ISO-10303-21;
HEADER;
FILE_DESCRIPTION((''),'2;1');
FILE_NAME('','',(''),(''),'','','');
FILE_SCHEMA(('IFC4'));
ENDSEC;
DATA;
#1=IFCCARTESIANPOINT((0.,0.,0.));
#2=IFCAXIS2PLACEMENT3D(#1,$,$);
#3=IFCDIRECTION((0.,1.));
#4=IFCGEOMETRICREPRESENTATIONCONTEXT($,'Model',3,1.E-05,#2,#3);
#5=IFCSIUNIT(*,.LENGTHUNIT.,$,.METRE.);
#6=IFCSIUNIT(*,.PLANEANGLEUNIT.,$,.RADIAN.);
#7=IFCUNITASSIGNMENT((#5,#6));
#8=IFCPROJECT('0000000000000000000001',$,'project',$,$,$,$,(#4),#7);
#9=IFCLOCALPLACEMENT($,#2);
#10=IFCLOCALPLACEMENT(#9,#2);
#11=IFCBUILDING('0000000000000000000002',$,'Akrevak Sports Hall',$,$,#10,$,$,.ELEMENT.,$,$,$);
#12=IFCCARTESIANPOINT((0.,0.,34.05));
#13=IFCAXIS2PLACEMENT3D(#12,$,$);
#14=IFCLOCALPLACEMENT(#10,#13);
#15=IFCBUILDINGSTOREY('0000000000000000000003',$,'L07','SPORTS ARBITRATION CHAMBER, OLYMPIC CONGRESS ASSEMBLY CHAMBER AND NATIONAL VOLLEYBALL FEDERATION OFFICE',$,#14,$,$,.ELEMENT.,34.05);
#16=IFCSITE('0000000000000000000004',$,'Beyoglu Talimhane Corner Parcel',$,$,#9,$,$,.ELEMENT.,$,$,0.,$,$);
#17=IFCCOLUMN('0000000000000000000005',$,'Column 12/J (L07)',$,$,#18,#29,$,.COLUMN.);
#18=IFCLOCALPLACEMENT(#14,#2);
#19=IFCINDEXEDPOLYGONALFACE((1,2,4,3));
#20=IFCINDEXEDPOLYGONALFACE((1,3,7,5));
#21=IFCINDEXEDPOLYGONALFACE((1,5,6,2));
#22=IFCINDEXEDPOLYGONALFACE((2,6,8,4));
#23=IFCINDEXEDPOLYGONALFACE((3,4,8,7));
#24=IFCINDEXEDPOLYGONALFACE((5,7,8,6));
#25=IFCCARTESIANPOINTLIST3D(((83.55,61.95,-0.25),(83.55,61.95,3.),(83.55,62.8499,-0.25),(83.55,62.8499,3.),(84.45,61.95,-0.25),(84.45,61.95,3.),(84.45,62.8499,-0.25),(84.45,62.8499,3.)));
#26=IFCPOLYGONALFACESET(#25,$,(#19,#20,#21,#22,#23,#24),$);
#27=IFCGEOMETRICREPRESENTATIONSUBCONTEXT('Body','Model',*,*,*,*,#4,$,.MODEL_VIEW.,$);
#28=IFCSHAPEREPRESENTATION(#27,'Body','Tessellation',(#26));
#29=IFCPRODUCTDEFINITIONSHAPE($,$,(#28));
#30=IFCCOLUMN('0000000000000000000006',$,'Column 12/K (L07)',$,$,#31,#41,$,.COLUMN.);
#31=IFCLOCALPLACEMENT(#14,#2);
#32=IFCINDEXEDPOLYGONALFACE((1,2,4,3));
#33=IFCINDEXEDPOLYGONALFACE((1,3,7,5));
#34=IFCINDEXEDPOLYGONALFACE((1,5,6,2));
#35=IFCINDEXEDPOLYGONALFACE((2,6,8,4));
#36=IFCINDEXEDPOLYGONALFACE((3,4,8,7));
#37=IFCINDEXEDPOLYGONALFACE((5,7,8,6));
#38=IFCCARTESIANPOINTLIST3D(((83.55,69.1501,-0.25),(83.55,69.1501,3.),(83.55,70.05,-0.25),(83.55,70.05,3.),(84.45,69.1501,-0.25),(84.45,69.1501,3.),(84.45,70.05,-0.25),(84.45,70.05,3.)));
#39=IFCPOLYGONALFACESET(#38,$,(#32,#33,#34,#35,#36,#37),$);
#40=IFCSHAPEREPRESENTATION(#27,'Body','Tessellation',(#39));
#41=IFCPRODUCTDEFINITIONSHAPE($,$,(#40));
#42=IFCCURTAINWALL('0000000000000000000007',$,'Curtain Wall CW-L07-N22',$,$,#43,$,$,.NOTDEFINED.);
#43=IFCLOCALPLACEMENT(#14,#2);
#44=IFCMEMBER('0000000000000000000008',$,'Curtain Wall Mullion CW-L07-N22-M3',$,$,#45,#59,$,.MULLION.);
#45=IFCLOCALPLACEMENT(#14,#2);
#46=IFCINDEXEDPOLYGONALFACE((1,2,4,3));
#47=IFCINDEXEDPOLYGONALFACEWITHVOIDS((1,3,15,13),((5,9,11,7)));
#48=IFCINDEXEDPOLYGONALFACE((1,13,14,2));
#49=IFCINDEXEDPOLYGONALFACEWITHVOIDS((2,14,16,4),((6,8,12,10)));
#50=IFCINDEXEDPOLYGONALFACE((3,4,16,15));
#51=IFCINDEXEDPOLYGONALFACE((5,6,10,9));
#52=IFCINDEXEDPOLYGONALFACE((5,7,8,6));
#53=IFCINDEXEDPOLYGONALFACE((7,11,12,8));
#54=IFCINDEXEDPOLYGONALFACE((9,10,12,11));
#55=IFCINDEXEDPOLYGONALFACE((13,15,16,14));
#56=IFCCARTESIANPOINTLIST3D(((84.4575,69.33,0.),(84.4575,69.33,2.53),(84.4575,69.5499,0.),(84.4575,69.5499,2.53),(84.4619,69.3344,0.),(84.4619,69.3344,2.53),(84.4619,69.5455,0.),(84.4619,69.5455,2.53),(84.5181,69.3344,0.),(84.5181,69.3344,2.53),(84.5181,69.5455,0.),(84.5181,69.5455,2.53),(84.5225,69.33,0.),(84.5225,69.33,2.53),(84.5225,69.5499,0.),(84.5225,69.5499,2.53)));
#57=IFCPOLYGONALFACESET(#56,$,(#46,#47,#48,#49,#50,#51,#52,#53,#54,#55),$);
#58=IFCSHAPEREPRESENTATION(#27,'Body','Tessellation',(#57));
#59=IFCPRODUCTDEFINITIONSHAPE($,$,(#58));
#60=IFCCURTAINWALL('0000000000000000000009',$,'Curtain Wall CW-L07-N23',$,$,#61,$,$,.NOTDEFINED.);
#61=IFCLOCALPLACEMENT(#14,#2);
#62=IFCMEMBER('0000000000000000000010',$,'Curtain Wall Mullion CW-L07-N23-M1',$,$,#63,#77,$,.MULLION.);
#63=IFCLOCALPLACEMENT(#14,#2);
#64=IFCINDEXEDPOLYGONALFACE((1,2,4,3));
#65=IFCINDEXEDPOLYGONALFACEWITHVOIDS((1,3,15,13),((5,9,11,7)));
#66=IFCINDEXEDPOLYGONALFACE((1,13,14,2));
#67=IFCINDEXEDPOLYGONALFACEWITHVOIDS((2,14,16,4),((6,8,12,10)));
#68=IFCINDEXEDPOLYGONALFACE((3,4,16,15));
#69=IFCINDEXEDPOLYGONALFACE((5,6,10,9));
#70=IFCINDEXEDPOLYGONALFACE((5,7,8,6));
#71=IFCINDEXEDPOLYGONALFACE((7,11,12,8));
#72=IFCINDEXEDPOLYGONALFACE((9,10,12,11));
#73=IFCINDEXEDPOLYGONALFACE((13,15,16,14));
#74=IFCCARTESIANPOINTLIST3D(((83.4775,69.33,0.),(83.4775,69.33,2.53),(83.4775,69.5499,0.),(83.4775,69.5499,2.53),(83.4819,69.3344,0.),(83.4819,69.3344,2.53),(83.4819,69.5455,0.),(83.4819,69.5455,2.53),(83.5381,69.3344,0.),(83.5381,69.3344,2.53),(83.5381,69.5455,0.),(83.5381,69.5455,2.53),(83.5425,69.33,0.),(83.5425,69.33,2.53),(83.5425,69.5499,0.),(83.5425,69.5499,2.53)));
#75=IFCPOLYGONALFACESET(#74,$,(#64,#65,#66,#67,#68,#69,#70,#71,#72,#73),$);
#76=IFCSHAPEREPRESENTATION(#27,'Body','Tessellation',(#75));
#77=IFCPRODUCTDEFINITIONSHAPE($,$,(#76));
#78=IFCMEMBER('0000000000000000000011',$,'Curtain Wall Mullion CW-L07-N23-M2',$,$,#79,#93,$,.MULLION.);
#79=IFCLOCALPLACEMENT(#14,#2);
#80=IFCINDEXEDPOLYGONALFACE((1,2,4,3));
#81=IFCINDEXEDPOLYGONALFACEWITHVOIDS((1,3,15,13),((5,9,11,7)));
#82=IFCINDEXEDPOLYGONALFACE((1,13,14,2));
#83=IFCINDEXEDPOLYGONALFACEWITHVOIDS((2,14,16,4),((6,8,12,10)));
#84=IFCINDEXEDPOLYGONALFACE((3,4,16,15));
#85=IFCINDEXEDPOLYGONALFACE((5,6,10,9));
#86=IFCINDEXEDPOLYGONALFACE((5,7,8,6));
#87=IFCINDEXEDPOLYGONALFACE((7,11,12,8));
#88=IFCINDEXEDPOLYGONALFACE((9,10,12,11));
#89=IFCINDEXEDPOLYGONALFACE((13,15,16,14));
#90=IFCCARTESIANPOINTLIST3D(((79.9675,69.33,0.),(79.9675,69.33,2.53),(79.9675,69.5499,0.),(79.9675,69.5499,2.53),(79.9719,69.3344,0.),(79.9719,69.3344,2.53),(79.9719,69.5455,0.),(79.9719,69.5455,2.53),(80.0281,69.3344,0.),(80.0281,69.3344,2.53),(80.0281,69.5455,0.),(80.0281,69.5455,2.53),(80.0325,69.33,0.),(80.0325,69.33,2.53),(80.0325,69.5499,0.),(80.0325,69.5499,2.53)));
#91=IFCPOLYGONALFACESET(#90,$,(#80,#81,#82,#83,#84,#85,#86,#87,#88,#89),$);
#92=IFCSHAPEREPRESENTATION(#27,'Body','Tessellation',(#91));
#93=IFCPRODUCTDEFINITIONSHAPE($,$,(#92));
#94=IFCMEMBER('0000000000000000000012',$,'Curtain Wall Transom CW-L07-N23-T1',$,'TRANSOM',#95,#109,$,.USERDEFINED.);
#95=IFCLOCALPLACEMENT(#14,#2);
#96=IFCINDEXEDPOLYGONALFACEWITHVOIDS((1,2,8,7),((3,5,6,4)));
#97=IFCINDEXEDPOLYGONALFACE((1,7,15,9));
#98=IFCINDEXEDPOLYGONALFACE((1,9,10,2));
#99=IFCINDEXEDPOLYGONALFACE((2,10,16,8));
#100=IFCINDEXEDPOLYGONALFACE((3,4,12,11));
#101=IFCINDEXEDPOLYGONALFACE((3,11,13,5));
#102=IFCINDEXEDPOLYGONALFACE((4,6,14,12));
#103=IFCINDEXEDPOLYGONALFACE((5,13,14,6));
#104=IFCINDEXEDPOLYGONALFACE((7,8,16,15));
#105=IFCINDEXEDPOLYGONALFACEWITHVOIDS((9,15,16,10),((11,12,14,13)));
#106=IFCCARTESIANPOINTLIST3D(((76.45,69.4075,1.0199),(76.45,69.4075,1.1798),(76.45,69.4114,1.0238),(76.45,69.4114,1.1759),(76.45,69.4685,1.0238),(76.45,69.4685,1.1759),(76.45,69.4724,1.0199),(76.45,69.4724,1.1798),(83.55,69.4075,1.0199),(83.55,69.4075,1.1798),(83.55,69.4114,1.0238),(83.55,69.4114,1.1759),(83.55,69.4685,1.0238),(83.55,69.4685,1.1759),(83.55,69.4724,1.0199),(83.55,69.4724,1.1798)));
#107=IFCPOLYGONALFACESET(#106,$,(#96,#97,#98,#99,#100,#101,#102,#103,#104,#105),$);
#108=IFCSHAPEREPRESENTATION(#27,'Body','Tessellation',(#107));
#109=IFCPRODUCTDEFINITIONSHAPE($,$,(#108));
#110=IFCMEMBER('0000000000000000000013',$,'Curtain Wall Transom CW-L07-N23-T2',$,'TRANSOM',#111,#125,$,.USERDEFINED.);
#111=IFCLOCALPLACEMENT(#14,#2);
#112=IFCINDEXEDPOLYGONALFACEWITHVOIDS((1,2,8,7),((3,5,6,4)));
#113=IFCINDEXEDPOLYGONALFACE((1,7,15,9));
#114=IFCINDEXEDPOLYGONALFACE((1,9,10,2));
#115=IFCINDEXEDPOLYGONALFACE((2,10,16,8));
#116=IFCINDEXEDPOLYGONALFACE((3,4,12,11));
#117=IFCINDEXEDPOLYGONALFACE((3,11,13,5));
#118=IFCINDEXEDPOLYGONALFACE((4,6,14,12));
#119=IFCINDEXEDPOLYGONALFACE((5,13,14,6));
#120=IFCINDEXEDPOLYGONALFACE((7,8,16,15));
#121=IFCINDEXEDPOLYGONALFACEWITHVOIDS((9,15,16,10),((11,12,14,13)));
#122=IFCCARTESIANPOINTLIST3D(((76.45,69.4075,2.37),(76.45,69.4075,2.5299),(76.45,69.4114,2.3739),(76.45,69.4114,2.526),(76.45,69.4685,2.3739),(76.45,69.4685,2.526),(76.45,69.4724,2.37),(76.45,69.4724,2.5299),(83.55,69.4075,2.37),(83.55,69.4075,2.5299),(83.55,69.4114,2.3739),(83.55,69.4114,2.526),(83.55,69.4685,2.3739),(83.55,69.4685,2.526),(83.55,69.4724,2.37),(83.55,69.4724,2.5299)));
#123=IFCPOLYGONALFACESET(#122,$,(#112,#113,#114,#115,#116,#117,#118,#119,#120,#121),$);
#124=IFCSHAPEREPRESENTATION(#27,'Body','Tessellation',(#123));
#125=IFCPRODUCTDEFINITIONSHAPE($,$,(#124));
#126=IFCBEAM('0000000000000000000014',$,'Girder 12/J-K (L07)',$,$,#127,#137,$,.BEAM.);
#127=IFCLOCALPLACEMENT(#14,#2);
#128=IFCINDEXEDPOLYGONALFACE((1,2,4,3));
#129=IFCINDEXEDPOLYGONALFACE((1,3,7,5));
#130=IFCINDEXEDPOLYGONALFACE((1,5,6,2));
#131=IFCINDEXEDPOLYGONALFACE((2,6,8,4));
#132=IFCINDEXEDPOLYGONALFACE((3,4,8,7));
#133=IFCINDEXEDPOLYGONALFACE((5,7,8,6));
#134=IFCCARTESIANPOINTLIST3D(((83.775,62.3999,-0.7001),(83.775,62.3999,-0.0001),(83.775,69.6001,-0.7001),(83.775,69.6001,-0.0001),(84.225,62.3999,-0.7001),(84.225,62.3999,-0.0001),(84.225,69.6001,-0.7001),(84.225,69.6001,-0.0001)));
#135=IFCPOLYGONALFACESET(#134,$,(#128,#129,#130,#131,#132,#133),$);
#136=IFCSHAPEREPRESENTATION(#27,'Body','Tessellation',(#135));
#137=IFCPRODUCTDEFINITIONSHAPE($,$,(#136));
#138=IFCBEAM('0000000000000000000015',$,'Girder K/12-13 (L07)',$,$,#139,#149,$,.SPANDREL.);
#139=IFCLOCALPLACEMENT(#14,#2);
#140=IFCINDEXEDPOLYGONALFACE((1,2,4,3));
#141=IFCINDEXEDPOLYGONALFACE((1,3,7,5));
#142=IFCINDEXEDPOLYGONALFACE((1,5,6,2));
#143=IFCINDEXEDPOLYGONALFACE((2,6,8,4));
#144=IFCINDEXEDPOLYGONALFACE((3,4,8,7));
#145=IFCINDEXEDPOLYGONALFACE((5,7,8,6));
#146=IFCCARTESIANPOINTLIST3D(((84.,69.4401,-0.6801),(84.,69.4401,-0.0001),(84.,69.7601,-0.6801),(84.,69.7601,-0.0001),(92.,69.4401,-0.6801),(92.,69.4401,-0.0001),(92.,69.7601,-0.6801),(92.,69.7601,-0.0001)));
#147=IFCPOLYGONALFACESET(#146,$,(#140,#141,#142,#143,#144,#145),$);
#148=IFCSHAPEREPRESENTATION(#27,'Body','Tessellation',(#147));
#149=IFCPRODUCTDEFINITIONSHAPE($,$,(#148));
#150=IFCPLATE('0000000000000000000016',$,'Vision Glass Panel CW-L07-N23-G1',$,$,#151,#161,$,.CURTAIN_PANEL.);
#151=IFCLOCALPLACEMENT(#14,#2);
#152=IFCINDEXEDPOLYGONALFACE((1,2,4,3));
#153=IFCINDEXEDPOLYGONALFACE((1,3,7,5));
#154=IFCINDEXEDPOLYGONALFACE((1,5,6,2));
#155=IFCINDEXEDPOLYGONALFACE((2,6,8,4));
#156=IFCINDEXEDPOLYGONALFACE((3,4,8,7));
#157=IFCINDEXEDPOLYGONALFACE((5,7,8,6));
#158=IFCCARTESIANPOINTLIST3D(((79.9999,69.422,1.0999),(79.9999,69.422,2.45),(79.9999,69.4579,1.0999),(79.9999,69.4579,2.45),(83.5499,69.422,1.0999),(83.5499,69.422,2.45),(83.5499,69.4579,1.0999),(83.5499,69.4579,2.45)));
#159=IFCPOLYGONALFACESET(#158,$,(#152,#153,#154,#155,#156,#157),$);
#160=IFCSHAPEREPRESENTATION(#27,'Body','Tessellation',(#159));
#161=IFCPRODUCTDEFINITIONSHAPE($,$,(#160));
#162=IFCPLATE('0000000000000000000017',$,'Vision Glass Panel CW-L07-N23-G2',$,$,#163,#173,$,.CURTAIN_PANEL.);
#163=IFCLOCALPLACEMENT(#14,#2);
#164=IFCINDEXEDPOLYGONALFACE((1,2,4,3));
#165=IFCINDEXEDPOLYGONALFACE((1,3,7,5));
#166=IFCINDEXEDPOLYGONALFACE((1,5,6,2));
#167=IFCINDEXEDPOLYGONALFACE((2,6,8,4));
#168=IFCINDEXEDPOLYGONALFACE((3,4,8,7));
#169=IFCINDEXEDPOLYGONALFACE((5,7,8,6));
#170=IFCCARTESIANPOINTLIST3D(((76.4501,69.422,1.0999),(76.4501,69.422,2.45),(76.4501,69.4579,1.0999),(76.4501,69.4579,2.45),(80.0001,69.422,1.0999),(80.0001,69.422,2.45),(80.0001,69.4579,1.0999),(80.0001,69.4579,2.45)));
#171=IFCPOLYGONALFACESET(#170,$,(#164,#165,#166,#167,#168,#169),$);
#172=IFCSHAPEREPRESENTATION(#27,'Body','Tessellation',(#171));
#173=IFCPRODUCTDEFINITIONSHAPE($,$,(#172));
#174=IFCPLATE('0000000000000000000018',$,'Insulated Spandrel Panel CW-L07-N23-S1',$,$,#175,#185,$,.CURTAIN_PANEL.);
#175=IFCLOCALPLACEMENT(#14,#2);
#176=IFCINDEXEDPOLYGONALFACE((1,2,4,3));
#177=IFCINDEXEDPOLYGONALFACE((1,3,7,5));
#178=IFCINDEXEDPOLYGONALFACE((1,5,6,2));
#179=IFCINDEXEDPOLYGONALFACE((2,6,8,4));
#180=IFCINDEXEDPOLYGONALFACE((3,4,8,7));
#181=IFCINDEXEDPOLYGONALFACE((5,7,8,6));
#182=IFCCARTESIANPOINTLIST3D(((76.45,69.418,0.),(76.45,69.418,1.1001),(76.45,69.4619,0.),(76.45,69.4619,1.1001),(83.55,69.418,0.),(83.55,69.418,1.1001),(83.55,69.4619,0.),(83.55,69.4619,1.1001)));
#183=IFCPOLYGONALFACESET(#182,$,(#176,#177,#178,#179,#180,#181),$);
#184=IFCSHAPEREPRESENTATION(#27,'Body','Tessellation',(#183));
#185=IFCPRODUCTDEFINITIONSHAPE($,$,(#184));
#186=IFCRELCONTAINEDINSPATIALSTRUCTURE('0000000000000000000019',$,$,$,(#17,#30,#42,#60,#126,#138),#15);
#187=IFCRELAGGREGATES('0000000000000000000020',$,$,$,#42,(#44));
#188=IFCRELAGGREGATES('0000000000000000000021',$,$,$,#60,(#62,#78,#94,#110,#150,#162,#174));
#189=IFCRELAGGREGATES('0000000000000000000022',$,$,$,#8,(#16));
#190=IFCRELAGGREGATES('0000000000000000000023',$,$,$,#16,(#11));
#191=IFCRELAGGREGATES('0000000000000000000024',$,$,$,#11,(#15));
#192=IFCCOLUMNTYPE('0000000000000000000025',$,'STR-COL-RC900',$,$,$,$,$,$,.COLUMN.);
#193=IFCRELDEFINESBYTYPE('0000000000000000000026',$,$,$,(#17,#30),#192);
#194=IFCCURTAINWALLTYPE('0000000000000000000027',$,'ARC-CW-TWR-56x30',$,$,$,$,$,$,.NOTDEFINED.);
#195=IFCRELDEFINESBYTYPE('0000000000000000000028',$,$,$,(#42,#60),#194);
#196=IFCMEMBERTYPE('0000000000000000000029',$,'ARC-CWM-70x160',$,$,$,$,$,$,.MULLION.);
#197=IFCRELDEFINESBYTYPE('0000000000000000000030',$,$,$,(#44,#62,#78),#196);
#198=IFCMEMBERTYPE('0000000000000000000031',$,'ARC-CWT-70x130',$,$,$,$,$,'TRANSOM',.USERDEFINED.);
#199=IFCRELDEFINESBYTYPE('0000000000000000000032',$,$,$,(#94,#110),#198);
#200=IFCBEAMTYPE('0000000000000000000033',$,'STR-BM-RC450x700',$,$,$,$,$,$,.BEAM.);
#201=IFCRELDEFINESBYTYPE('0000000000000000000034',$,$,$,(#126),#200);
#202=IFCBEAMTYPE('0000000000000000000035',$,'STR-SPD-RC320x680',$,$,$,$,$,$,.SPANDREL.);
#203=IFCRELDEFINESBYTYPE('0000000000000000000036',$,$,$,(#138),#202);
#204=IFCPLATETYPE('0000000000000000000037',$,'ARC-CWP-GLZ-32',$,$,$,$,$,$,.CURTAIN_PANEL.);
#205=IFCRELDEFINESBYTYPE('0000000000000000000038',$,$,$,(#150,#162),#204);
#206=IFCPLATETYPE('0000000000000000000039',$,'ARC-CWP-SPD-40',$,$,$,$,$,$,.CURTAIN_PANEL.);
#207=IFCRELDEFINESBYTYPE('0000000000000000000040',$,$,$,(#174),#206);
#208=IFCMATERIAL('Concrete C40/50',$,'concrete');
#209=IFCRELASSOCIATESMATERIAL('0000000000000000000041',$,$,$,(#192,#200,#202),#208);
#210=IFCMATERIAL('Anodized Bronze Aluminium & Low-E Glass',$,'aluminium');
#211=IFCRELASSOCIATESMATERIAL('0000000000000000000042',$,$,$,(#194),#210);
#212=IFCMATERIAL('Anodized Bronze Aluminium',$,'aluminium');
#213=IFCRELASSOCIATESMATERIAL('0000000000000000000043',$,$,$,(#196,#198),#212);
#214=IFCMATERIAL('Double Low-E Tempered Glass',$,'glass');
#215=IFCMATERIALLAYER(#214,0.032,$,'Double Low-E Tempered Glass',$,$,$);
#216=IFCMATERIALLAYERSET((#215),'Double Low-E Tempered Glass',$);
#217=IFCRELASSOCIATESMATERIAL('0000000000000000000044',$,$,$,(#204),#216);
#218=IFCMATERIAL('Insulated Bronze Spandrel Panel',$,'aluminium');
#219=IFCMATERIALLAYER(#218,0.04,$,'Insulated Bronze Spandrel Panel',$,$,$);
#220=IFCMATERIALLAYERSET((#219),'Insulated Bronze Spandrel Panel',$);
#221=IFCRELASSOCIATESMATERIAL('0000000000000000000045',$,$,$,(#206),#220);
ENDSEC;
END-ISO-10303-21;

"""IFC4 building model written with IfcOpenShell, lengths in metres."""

from ifc_helpers import new_model, si_unit, direction, frame, origin, origin_2d, place, context, subcontext, project, spatial, rectangle, hollow_rectangle, extrude, material, layer, layer_set, material_profile, profile_set, type_object, element, aggregate, save


model = new_model("IFC4")

# Units and contexts
model_context = context("Model", 3, precision=1e-05, world=origin(), true_north=direction((0.0, 1.0)))
body_context = subcontext(model_context, "Body", "Model", "MODEL_VIEW")
ifc_project = project(units=[si_unit("LENGTHUNIT", "METRE"), si_unit("PLANEANGLEUNIT", "RADIAN")], contexts=[model_context])

# Site, building, storey
site_placement = place(None, origin())
site = spatial("IfcSite", under=ifc_project, at=site_placement, Name="Beyoglu Talimhane Corner Parcel", CompositionType="ELEMENT", RefElevation=0.0)
building_placement = place(site_placement, origin())
building = spatial("IfcBuilding", under=site, at=building_placement, Name="Akrevak Sports Hall", CompositionType="ELEMENT")
storey_placement = place(building_placement, frame((0.0, 0.0, 34.05)))
storey = spatial("IfcBuildingStorey", under=building, at=storey_placement, Name="L07", Description="SPORTS ARBITRATION CHAMBER, OLYMPIC CONGRESS ASSEMBLY CHAMBER AND NATIONAL VOLLEYBALL FEDERATION OFFICE", CompositionType="ELEMENT", Elevation=34.05)

# Columns
ifc_material_1 = material(Name="Concrete C40/50", Category="concrete")
ifc_material_profile_1 = material_profile(ifc_material_1, rectangle(XDim=0.8999, YDim=0.8999, at=origin_2d()), Name="RC 900x900", Category="concrete")
ifc_profile_set_1 = profile_set([ifc_material_profile_1], Name="Concrete C40/50")
column_type = type_object("IfcColumnType", Name="STR-COL-RC900", PredefinedType="COLUMN", material=ifc_profile_set_1)
for number, where, z_axis, x_axis, name in (
    (1, (84.0, 62.3999, -0.25), (0.0, 0.0, 1.0), (1.0, 0.0, 0.0), "Column 12/J (L07)"),
    (2, (84.0, 69.6001, -0.25), (0.0, 0.0, 1.0), (1.0, 0.0, 0.0), "Column 12/K (L07)"),
):
    element("IfcColumn", number, at=place(storey_placement, frame(where, z_axis=z_axis, x_axis=x_axis)), inside=storey, type_object=column_type, Name=name, PredefinedType="COLUMN", context=body_context, shape_type="SweptSolid", body=[
        extrude(rectangle(XDim=0.8999, YDim=0.8999, at=origin_2d()), origin(), (0.0, 0.0, 1.0), 3.25),
    ])

# Curtain wall, member
ifc_material_2 = material(Name="Anodized Bronze Aluminium & Low-E Glass", Category="aluminium")
curtain_wall_type = type_object("IfcCurtainWallType", Name="ARC-CW-TWR-56x30", PredefinedType="NOTDEFINED", material=ifc_material_2)
curtain_wall_1_placement = place(storey_placement, origin())
curtain_wall_1 = element("IfcCurtainWall", 3, at=curtain_wall_1_placement, inside=storey, type_object=curtain_wall_type, Name="Curtain Wall CW-L07-N22", PredefinedType="NOTDEFINED")
ifc_material_3 = material(Name="Anodized Bronze Aluminium", Category="aluminium")
ifc_material_profile_2 = material_profile(ifc_material_3, hollow_rectangle(XDim=0.0649, YDim=0.22, WallThickness=0.0044, at=origin_2d()), Name="CWM 65x220", Category="aluminium")
ifc_profile_set_2 = profile_set([ifc_material_profile_2], Name="Anodized Bronze Aluminium")
member_type_1 = type_object("IfcMemberType", Name="ARC-CWM-70x160", PredefinedType="MULLION", material=ifc_profile_set_2)
member_1_placement = place(storey_placement, frame((84.49, 69.4399, 0.0), z_axis=(0.0, 0.0, 1.0), x_axis=(-1.0, 0.0, 0.0)))
member_1 = element("IfcMember", 4, at=member_1_placement, type_object=member_type_1, Name="Curtain Wall Mullion CW-L07-N22-M3", PredefinedType="MULLION", context=body_context, shape_type="SweptSolid", body=[
    extrude(hollow_rectangle(XDim=0.0649, YDim=0.22, WallThickness=0.0044, at=origin_2d()), origin(), (0.0, 0.0, 1.0), 2.53),
])
aggregate(curtain_wall_1, [member_1])

# Curtain wall, members
curtain_wall_2_placement = place(storey_placement, origin())
curtain_wall_2 = element("IfcCurtainWall", 5, at=curtain_wall_2_placement, inside=storey, type_object=curtain_wall_type, Name="Curtain Wall CW-L07-N23", PredefinedType="NOTDEFINED")
member_2_placement = place(storey_placement, frame((83.51, 69.4399, 0.0), z_axis=(0.0, 0.0, 1.0), x_axis=(-1.0, 0.0, 0.0)))
member_2 = element("IfcMember", 6, at=member_2_placement, type_object=member_type_1, Name="Curtain Wall Mullion CW-L07-N23-M1", PredefinedType="MULLION", context=body_context, shape_type="SweptSolid", body=[
    extrude(hollow_rectangle(XDim=0.0649, YDim=0.22, WallThickness=0.0044, at=origin_2d()), origin(), (0.0, 0.0, 1.0), 2.53),
])
member_3_placement = place(storey_placement, frame((80.0, 69.4399, 0.0), z_axis=(0.0, 0.0, 1.0), x_axis=(-1.0, 0.0, 0.0)))
member_3 = element("IfcMember", 7, at=member_3_placement, type_object=member_type_1, Name="Curtain Wall Mullion CW-L07-N23-M2", PredefinedType="MULLION", context=body_context, shape_type="SweptSolid", body=[
    extrude(hollow_rectangle(XDim=0.0649, YDim=0.22, WallThickness=0.0044, at=origin_2d()), origin(), (0.0, 0.0, 1.0), 2.53),
])
ifc_material_profile_3 = material_profile(ifc_material_3, hollow_rectangle(XDim=0.0649, YDim=0.1599, WallThickness=0.0039, at=origin_2d()), Name="CWT 65x160", Category="aluminium")
ifc_profile_set_3 = profile_set([ifc_material_profile_3], Name="Anodized Bronze Aluminium")
member_type_2 = type_object("IfcMemberType", Name="ARC-CWT-70x130", ElementType="TRANSOM", PredefinedType="USERDEFINED", material=ifc_profile_set_3)
member_4_placement = place(storey_placement, frame((83.55, 69.4399, 1.0999), z_axis=(-1.0, 0.0, 0.0), x_axis=(0.0, -1.0, 0.0)))
member_4 = element("IfcMember", 8, at=member_4_placement, type_object=member_type_2, Name="Curtain Wall Transom CW-L07-N23-T1", ObjectType="TRANSOM", PredefinedType="USERDEFINED", context=body_context, shape_type="SweptSolid", body=[
    extrude(hollow_rectangle(XDim=0.0649, YDim=0.1599, WallThickness=0.0039, at=origin_2d()), origin(), (0.0, 0.0, 1.0), 7.1001),
])
member_5_placement = place(storey_placement, frame((83.55, 69.4399, 2.45), z_axis=(-1.0, 0.0, 0.0), x_axis=(0.0, -1.0, 0.0)))
member_5 = element("IfcMember", 9, at=member_5_placement, type_object=member_type_2, Name="Curtain Wall Transom CW-L07-N23-T2", ObjectType="TRANSOM", PredefinedType="USERDEFINED", context=body_context, shape_type="SweptSolid", body=[
    extrude(hollow_rectangle(XDim=0.0649, YDim=0.1599, WallThickness=0.0039, at=origin_2d()), origin(), (0.0, 0.0, 1.0), 7.1001),
])

# Beams
ifc_material_profile_4 = material_profile(ifc_material_1, rectangle(XDim=0.45, YDim=0.7, at=origin_2d()), Name="BM 450x700", Category="concrete")
ifc_profile_set_4 = profile_set([ifc_material_profile_4], Name="Concrete C40/50")
beam_type_1 = type_object("IfcBeamType", Name="STR-BM-RC450x700", PredefinedType="BEAM", material=ifc_profile_set_4)
beam_1_placement = place(storey_placement, frame((84.0, 62.3999, -0.3501), z_axis=(0.0, 1.0, 0.0), x_axis=(-1.0, 0.0, 0.0)))
element("IfcBeam", 10, at=beam_1_placement, inside=storey, type_object=beam_type_1, Name="Girder 12/J-K (L07)", PredefinedType="BEAM", context=body_context, shape_type="SweptSolid", body=[
    extrude(rectangle(XDim=0.45, YDim=0.7, at=origin_2d()), origin(), (0.0, 0.0, 1.0), 7.2002),
])
ifc_material_profile_5 = material_profile(ifc_material_1, rectangle(XDim=0.3201, YDim=0.6799, at=origin_2d()), Name="SPD 320x680", Category="concrete")
ifc_profile_set_5 = profile_set([ifc_material_profile_5], Name="Concrete C40/50")
beam_type_2 = type_object("IfcBeamType", Name="STR-SPD-RC320x680", PredefinedType="SPANDREL", material=ifc_profile_set_5)
beam_2_placement = place(storey_placement, frame((84.0, 69.6001, -0.3401), z_axis=(1.0, 0.0, 0.0), x_axis=(0.0, 1.0, 0.0)))
element("IfcBeam", 11, at=beam_2_placement, inside=storey, type_object=beam_type_2, Name="Girder K/12-13 (L07)", PredefinedType="SPANDREL", context=body_context, shape_type="SweptSolid", body=[
    extrude(rectangle(XDim=0.3201, YDim=0.6799, at=origin_2d()), origin(), (0.0, 0.0, 1.0), 8.0),
])

# Plates
ifc_material_4 = material(Name="Double Low-E Tempered Glass", Category="glass")
ifc_layer_1 = layer(ifc_material_4, 0.032, Name="Double Low-E Tempered Glass")
ifc_layer_set_1 = layer_set([ifc_layer_1], Name="Double Low-E Tempered Glass")
plate_type_1 = type_object("IfcPlateType", Name="ARC-CWP-GLZ-32", PredefinedType="CURTAIN_PANEL", material=ifc_layer_set_1)
plate_1_placement = place(storey_placement, frame((81.7749, 69.4399, 1.0999), z_axis=(0.0, 0.0, 1.0), x_axis=(-1.0, 0.0, 0.0)))
plate_1 = element("IfcPlate", 12, at=plate_1_placement, type_object=plate_type_1, Name="Vision Glass Panel CW-L07-N23-G1", PredefinedType="CURTAIN_PANEL", context=body_context, shape_type="SweptSolid", body=[
    extrude(rectangle(XDim=3.55, YDim=0.0359, at=origin_2d()), origin(), (0.0, 0.0, 1.0), 1.3501),
])
plate_2_placement = place(storey_placement, frame((78.2251, 69.4399, 1.0999), z_axis=(0.0, 0.0, 1.0), x_axis=(-1.0, 0.0, 0.0)))
plate_2 = element("IfcPlate", 13, at=plate_2_placement, type_object=plate_type_1, Name="Vision Glass Panel CW-L07-N23-G2", PredefinedType="CURTAIN_PANEL", context=body_context, shape_type="SweptSolid", body=[
    extrude(rectangle(XDim=3.55, YDim=0.0359, at=origin_2d()), origin(), (0.0, 0.0, 1.0), 1.3501),
])
ifc_material_5 = material(Name="Insulated Bronze Spandrel Panel", Category="aluminium")
ifc_layer_2 = layer(ifc_material_5, 0.04, Name="Insulated Bronze Spandrel Panel")
ifc_layer_set_2 = layer_set([ifc_layer_2], Name="Insulated Bronze Spandrel Panel")
plate_type_2 = type_object("IfcPlateType", Name="ARC-CWP-SPD-40", PredefinedType="CURTAIN_PANEL", material=ifc_layer_set_2)
plate_3_placement = place(storey_placement, frame((80.0, 69.4399, 0.0), z_axis=(0.0, 0.0, 1.0), x_axis=(-1.0, 0.0, 0.0)))
plate_3 = element("IfcPlate", 14, at=plate_3_placement, type_object=plate_type_2, Name="Insulated Spandrel Panel CW-L07-N23-S1", PredefinedType="CURTAIN_PANEL", context=body_context, shape_type="SweptSolid", body=[
    extrude(rectangle(XDim=7.1001, YDim=0.0439, at=origin_2d()), origin(), (0.0, 0.0, 1.0), 1.1001),
])
aggregate(curtain_wall_2, [member_2, member_3, member_4, member_5, plate_1, plate_2, plate_3])

save(model, "model.ifc")
